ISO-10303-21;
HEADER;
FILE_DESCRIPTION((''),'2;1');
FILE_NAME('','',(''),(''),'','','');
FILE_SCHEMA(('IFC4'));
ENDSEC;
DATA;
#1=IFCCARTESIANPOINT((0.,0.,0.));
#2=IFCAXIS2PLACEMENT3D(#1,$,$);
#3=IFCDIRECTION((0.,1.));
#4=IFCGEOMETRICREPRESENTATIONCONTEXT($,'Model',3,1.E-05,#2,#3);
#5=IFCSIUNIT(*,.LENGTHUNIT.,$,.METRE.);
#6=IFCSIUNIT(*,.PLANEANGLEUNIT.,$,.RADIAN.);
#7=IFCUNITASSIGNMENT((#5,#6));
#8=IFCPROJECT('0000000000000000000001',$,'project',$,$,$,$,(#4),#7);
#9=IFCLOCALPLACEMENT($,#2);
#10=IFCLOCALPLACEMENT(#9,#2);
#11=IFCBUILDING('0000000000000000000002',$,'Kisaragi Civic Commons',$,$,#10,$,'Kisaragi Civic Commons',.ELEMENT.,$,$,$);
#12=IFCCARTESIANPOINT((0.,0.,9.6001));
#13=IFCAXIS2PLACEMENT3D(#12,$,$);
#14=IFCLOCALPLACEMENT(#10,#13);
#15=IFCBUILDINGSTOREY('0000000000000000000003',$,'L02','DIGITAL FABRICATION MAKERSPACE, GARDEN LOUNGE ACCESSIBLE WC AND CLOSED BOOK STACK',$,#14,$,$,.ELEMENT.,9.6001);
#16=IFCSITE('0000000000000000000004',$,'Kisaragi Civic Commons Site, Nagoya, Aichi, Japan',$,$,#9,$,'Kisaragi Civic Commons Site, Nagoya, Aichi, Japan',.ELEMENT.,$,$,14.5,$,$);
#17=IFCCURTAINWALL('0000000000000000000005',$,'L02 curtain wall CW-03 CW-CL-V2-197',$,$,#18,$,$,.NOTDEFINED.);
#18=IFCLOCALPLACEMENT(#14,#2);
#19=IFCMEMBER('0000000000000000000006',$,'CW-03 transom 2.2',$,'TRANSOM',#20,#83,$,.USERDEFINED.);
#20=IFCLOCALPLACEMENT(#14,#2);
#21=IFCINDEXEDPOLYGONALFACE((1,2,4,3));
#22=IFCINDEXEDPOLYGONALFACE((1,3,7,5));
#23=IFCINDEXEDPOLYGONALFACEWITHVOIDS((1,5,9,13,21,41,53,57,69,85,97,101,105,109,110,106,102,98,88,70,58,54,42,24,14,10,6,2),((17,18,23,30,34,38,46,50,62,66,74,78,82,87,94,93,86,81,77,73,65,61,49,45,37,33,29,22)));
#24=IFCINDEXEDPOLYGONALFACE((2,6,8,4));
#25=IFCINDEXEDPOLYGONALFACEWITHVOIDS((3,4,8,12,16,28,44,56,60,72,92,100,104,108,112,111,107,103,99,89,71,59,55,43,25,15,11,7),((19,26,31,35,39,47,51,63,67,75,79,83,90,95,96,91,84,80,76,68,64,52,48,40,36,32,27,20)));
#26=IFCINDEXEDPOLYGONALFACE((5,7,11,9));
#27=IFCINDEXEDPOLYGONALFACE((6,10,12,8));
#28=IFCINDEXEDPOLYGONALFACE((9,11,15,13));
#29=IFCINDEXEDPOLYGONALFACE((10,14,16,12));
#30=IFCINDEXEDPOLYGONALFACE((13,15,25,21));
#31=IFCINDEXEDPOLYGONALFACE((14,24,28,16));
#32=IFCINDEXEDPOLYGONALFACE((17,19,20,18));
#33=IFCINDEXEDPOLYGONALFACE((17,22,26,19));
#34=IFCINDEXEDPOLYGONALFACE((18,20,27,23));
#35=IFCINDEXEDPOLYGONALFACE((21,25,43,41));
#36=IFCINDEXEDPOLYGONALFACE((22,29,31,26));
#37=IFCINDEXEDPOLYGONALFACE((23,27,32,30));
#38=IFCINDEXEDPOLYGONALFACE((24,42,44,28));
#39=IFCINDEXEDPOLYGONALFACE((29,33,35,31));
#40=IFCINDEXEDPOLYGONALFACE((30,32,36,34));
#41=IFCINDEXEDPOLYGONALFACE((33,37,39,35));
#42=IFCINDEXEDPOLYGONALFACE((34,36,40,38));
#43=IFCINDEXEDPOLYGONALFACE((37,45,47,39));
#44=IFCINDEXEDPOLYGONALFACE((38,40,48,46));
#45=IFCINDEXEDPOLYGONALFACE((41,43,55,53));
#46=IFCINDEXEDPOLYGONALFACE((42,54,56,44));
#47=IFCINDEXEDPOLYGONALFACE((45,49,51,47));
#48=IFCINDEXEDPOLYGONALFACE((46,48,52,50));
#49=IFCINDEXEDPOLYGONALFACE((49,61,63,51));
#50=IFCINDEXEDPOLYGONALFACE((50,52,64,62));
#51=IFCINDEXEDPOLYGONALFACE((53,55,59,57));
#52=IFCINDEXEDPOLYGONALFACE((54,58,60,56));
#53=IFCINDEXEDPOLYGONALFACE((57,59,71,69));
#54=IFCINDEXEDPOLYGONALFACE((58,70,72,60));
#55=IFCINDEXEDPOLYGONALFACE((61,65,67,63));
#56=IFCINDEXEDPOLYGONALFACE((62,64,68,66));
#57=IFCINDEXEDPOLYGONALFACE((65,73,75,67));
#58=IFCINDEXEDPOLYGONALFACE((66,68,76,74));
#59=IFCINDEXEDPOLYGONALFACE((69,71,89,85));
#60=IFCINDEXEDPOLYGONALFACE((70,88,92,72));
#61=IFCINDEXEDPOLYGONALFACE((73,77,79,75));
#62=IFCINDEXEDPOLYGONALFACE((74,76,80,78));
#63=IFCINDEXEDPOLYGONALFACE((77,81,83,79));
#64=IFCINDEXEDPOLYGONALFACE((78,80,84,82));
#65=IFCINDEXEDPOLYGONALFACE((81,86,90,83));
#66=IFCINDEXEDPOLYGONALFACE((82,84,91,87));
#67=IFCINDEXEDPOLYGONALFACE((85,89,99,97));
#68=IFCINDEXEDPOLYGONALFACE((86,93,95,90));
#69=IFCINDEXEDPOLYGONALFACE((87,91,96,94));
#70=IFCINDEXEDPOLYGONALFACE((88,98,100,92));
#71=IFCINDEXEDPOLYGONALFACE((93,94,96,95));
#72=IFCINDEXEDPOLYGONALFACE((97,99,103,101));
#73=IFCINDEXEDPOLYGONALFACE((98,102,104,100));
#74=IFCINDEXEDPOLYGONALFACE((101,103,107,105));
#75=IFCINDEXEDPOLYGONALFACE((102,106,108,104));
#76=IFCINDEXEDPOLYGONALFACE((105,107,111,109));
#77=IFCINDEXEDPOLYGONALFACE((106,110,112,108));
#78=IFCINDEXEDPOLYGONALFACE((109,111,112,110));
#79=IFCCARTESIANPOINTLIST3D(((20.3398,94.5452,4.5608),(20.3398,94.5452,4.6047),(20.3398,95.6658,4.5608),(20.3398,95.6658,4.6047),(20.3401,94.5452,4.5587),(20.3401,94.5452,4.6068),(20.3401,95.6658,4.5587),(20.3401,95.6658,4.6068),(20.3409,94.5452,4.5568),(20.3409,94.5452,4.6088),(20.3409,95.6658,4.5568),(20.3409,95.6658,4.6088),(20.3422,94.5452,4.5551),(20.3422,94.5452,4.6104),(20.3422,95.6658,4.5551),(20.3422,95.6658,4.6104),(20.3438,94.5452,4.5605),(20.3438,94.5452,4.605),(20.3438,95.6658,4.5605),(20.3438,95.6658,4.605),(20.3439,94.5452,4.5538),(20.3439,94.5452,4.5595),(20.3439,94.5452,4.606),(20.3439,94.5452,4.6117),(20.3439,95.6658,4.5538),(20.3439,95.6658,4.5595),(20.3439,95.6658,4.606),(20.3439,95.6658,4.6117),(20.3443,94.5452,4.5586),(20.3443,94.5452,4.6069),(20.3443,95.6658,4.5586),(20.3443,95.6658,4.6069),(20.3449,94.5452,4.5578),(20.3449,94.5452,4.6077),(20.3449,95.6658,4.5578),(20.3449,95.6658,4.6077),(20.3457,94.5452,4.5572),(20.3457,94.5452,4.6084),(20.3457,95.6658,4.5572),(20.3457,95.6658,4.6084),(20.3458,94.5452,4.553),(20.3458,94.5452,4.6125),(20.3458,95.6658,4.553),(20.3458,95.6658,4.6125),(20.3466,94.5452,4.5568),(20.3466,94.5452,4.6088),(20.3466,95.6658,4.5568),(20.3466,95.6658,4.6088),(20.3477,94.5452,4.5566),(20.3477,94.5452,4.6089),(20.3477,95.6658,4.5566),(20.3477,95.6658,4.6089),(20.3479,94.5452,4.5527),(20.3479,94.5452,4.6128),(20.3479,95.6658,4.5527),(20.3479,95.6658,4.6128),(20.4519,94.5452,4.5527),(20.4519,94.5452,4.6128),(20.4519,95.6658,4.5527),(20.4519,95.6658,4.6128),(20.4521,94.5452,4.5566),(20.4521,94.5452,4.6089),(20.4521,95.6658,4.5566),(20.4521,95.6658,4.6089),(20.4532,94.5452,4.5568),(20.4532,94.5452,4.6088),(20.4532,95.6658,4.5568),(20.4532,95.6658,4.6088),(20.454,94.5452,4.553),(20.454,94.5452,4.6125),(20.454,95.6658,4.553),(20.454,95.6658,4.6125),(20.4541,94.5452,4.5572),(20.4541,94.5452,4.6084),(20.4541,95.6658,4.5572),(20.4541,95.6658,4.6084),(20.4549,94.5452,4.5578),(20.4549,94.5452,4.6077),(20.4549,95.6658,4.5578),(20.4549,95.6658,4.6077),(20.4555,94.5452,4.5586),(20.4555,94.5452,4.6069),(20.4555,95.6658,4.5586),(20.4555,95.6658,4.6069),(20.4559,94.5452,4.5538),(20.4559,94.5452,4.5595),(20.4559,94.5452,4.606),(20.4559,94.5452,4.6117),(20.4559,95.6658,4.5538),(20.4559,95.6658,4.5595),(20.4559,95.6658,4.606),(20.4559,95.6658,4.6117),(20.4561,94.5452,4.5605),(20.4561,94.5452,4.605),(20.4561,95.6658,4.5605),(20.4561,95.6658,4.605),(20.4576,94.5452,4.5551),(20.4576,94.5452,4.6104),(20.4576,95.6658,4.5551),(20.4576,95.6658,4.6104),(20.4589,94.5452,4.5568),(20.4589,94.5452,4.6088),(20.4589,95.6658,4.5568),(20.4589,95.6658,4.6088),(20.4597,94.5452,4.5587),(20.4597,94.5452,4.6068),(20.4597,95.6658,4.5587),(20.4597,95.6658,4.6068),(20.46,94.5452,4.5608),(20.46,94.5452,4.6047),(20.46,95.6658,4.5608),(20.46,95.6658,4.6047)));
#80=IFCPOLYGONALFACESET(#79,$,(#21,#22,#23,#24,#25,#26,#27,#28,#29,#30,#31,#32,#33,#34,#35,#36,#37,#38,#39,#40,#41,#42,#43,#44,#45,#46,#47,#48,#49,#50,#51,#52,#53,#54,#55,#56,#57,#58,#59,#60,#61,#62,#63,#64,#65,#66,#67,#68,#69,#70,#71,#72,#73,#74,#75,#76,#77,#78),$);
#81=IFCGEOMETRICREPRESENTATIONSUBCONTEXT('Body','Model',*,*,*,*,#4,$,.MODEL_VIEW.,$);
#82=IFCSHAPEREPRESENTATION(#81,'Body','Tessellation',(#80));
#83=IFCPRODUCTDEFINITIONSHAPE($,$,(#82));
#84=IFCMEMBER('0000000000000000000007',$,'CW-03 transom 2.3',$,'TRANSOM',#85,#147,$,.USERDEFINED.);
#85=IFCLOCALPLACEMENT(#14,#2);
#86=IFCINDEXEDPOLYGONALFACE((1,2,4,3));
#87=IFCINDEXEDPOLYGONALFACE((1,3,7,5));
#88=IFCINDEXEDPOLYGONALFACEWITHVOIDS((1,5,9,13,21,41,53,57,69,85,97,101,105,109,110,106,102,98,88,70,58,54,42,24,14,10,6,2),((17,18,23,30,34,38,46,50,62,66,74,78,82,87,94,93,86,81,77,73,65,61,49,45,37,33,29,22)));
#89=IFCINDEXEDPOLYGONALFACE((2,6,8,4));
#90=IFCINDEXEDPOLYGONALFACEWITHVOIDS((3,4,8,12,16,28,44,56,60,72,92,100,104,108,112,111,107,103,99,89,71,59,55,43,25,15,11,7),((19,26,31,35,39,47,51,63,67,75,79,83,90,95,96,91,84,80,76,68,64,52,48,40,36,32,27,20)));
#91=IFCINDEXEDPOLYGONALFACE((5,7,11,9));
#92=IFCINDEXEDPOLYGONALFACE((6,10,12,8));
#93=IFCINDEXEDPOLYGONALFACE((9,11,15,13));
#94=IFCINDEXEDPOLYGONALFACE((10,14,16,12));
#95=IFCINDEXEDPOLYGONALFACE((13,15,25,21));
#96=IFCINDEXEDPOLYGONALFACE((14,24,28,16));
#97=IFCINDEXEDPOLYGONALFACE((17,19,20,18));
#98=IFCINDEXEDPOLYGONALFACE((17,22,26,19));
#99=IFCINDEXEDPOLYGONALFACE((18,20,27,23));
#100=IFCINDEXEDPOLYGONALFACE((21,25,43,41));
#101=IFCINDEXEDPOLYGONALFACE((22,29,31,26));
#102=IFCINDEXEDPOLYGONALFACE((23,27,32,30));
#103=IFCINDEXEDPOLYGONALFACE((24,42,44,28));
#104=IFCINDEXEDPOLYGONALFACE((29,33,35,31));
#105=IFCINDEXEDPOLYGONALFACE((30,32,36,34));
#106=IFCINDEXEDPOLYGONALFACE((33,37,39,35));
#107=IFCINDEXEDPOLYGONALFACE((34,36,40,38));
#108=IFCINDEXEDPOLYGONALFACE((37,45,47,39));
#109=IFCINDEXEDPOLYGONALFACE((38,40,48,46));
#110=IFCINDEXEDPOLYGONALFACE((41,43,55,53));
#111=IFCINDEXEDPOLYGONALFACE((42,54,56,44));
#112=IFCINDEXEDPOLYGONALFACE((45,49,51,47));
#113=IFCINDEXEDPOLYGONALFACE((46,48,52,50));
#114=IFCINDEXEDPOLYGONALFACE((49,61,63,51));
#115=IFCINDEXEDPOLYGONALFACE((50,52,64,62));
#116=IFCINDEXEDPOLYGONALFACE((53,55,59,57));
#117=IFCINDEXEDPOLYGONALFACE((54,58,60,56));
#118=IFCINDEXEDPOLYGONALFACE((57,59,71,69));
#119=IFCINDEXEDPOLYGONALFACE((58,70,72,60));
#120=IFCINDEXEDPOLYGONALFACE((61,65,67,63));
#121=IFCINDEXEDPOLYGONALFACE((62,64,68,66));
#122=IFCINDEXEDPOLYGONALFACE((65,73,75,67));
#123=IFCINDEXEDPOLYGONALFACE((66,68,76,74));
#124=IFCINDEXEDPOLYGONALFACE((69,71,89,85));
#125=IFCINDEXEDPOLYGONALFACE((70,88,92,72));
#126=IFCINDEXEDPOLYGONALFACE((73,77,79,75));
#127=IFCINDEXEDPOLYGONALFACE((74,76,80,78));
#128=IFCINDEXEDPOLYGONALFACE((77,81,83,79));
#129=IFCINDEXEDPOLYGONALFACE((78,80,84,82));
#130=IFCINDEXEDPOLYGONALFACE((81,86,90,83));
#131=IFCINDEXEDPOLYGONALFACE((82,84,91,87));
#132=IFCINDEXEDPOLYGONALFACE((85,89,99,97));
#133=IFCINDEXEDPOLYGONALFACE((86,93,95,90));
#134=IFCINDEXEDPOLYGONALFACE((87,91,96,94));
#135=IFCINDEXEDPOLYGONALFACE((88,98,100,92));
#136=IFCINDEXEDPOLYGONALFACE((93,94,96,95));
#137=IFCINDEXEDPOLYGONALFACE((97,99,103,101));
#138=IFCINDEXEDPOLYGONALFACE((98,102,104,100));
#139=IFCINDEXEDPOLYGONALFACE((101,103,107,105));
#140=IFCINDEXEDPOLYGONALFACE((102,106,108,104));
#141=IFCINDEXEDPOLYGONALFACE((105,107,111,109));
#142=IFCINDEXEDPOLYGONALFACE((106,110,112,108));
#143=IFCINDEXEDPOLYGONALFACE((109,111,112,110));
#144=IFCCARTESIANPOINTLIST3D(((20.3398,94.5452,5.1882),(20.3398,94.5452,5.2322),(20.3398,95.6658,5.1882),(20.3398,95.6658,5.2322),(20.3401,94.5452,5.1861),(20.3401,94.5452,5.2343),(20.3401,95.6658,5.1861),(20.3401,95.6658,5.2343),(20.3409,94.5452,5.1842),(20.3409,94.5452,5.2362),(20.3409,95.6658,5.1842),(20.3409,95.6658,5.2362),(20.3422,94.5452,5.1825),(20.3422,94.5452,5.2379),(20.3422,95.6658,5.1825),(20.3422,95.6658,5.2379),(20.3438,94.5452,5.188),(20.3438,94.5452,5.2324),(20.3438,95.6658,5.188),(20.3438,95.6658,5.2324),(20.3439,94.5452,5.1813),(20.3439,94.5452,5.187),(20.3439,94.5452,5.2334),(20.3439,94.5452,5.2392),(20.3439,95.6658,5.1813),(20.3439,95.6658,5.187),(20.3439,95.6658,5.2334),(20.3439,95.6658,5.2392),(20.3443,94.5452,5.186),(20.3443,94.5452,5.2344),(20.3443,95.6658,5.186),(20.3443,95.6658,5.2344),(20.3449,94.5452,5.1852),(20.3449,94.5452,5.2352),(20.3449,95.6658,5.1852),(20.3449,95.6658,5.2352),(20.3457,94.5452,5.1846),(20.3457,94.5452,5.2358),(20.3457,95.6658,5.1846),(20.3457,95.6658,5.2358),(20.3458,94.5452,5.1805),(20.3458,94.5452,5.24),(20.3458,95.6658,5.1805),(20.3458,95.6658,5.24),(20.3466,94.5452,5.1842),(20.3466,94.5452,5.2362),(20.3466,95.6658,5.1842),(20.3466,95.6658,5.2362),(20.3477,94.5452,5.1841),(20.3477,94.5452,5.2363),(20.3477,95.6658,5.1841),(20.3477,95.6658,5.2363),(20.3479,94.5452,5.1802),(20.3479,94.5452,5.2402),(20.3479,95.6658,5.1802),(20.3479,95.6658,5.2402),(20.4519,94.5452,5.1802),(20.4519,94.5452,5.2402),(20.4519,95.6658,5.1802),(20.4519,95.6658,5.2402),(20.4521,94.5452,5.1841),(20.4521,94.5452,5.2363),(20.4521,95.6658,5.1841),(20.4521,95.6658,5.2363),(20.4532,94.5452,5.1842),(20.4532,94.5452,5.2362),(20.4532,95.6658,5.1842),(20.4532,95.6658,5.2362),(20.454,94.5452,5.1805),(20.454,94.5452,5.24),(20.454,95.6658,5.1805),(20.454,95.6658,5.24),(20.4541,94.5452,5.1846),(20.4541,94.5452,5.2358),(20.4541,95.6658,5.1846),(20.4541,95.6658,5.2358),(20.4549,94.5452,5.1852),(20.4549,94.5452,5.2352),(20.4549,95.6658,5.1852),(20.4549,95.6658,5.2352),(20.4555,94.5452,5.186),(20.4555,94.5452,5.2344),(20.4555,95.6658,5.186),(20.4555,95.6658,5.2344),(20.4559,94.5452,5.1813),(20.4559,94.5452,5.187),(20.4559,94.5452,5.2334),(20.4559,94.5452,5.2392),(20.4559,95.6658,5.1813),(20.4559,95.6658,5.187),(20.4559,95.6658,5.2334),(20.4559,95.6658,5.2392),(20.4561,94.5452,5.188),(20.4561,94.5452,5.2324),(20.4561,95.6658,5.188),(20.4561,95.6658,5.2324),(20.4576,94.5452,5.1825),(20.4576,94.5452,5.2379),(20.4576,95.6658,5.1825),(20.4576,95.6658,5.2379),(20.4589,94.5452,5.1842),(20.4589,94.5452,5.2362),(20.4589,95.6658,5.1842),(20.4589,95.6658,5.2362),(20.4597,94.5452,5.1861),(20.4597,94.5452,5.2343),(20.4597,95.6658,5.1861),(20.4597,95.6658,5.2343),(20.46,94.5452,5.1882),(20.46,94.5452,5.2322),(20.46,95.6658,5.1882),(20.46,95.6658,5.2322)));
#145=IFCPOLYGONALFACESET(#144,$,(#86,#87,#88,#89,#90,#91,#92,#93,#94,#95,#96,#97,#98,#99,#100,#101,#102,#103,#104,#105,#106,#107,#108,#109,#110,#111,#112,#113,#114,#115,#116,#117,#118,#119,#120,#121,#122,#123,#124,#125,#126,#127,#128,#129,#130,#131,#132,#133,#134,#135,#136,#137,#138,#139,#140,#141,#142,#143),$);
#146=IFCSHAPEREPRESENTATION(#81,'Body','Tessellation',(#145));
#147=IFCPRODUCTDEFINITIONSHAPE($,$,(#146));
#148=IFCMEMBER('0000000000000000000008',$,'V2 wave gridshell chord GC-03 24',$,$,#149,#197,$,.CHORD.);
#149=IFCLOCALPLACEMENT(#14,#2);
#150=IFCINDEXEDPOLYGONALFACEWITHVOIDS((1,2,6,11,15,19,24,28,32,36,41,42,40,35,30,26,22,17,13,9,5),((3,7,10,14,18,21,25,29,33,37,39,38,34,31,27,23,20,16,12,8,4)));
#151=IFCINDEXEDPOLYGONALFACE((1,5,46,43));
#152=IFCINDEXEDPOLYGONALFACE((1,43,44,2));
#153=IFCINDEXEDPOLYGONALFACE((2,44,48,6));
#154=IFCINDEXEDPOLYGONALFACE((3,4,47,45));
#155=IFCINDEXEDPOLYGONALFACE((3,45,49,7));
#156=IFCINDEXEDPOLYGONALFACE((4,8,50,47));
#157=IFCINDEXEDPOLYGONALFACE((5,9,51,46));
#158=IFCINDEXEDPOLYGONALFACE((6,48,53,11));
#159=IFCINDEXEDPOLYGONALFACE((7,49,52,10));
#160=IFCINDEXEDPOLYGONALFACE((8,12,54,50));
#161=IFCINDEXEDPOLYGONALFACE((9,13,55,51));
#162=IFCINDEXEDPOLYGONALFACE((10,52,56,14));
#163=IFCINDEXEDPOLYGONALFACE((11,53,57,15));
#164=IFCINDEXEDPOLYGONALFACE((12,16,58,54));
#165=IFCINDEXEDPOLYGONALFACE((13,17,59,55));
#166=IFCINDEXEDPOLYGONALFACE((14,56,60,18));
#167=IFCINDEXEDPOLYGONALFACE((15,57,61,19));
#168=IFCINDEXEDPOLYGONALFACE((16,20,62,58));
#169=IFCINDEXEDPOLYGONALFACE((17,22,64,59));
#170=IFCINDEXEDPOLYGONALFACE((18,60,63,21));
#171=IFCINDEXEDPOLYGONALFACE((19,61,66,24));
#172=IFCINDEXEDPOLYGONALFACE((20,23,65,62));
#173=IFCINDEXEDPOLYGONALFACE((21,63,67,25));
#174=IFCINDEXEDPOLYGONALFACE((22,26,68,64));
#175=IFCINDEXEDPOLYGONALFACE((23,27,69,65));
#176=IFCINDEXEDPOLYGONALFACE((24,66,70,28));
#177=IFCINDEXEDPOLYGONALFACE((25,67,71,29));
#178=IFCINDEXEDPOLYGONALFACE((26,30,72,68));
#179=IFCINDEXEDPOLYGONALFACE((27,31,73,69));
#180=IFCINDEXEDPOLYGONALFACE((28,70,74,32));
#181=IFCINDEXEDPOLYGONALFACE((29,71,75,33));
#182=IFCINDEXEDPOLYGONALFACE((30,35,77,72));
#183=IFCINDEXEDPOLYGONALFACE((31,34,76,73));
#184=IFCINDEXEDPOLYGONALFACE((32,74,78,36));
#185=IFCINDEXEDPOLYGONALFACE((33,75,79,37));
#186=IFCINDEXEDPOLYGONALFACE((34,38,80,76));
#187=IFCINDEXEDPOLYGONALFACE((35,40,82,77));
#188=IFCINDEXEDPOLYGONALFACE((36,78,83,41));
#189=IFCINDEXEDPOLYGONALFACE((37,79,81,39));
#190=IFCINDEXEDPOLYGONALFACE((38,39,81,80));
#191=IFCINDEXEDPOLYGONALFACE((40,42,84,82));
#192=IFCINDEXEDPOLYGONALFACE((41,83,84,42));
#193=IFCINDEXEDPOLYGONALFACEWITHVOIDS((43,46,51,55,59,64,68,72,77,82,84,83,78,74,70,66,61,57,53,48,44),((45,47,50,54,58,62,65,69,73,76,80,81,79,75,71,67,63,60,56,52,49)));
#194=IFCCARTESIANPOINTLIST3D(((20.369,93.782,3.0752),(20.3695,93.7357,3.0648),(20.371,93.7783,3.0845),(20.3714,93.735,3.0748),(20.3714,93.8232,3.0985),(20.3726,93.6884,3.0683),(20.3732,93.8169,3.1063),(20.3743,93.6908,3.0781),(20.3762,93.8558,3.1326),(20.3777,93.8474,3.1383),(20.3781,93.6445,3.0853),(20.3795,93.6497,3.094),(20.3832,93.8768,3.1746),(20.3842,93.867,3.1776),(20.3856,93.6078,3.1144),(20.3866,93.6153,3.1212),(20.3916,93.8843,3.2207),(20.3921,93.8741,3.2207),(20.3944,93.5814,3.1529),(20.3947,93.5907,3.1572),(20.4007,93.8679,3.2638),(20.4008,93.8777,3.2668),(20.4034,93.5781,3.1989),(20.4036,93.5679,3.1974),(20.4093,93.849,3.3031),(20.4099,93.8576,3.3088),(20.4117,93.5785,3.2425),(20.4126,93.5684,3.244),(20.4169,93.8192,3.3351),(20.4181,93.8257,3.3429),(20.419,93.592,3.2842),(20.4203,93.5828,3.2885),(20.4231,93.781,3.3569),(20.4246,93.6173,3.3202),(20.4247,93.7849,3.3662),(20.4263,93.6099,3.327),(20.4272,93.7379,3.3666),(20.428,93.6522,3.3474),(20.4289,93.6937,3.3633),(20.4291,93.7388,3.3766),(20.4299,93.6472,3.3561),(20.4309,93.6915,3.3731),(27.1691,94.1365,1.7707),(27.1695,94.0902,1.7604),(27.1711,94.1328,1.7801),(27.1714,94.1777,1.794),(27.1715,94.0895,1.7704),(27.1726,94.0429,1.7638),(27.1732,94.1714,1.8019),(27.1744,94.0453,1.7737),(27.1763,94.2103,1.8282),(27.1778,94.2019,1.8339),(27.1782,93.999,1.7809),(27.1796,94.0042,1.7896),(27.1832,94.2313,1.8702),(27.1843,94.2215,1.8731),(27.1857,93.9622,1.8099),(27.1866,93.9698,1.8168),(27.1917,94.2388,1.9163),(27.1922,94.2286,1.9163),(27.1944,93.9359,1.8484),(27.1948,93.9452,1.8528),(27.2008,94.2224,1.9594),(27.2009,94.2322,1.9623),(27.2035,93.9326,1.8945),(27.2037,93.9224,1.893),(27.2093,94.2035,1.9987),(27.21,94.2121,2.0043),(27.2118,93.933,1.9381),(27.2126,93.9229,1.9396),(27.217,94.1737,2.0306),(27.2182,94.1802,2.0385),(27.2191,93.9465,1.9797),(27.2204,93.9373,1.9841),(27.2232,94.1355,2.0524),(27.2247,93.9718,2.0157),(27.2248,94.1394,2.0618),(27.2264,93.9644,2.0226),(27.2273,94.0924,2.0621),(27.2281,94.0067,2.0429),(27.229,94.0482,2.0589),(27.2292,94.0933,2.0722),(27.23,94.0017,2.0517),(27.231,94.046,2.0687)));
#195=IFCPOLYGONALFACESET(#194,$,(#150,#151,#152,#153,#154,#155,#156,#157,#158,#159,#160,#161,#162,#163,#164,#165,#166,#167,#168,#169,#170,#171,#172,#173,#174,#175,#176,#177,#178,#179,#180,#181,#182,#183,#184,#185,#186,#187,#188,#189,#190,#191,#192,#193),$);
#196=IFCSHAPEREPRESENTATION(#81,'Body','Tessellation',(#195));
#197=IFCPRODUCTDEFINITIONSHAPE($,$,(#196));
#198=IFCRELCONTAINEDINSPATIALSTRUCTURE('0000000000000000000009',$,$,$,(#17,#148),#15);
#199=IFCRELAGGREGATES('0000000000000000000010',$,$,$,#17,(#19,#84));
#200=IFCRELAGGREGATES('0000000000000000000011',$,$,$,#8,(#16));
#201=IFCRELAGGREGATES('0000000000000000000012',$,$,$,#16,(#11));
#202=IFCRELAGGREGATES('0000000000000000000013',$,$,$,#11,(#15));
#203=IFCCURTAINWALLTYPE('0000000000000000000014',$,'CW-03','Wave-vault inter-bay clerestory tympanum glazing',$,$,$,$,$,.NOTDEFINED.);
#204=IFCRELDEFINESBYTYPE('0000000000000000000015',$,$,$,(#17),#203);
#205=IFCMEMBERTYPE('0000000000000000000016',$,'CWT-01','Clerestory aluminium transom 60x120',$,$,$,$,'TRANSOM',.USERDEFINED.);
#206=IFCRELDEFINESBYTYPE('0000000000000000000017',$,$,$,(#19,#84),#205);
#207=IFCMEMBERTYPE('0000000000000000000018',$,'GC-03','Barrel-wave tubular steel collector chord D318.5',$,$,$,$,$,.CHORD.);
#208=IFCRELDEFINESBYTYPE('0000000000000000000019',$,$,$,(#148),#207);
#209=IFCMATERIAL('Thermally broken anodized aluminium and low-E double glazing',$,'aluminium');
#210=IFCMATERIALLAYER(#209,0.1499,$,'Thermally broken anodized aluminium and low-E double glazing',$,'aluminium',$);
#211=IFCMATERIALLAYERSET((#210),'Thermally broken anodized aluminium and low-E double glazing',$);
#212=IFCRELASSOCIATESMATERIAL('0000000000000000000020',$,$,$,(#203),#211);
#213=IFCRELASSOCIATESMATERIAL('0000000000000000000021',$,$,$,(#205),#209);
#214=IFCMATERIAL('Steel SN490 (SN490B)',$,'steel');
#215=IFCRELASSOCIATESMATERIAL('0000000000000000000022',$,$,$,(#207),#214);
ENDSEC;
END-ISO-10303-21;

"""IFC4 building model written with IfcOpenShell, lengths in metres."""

from ifc_helpers import new_model, si_unit, direction, frame, origin, origin_2d, place, context, subcontext, project, spatial, hollow_rectangle, hollow_circle, extrude, material, layer, layer_set, material_profile, profile_set, type_object, element, aggregate, save


model = new_model("IFC4")

# Units and contexts
model_context = context("Model", 3, precision=1e-05, world=origin(), true_north=direction((0.0, 1.0)))
body_context = subcontext(model_context, "Body", "Model", "MODEL_VIEW")
ifc_project = project(units=[si_unit("LENGTHUNIT", "METRE"), si_unit("PLANEANGLEUNIT", "RADIAN")], contexts=[model_context])

# Site, building, storey
site_placement = place(None, origin())
site = spatial("IfcSite", under=ifc_project, at=site_placement, Name="Kisaragi Civic Commons Site, Nagoya, Aichi, Japan", LongName="Kisaragi Civic Commons Site, Nagoya, Aichi, Japan", CompositionType="ELEMENT", RefElevation=14.5)
building_placement = place(site_placement, origin())
building = spatial("IfcBuilding", under=site, at=building_placement, Name="Kisaragi Civic Commons", LongName="Kisaragi Civic Commons", CompositionType="ELEMENT")
storey_placement = place(building_placement, frame((0.0, 0.0, 9.6001)))
storey = spatial("IfcBuildingStorey", under=building, at=storey_placement, Name="L02", Description="DIGITAL FABRICATION MAKERSPACE, GARDEN LOUNGE ACCESSIBLE WC AND CLOSED BOOK STACK", CompositionType="ELEMENT", Elevation=9.6001)

# Shared definitions
ifc_material_1 = material(Name="Thermally broken anodized aluminium and low-E double glazing", Category="aluminium")
ifc_layer_1 = layer(ifc_material_1, 0.1499, Name="Thermally broken anodized aluminium and low-E double glazing", Category="aluminium")
ifc_layer_set_1 = layer_set([ifc_layer_1], Name="Thermally broken anodized aluminium and low-E double glazing")
curtain_wall_type = type_object("IfcCurtainWallType", Name="CW-03", Description="Wave-vault inter-bay clerestory tympanum glazing", PredefinedType="NOTDEFINED", material=ifc_layer_set_1)

# Curtain wall, members
curtain_wall_1_placement = place(storey_placement, origin())
curtain_wall_1 = element("IfcCurtainWall", 1, at=curtain_wall_1_placement, inside=storey, type_object=curtain_wall_type, Name="L02 curtain wall CW-03 CW-CL-V2-197", PredefinedType="NOTDEFINED")
ifc_material_profile_1 = material_profile(ifc_material_1, hollow_rectangle(XDim=0.1201, YDim=0.0601, WallThickness=0.0039, InnerFilletRadius=0.0039, OuterFilletRadius=0.0081, at=origin_2d()), Name="CWT-60x120x4", Category="aluminium")
ifc_profile_set_1 = profile_set([ifc_material_profile_1], Name="Thermally broken anodized aluminium and low-E double glazing")
member_type_1 = type_object("IfcMemberType", Name="CWT-01", Description="Clerestory aluminium transom 60x120", ElementType="TRANSOM", PredefinedType="USERDEFINED", material=ifc_profile_set_1)
member_1_placement = place(storey_placement, frame((20.3999, 94.5452, 4.5828), z_axis=(0.0, 1.0, 0.0), x_axis=(-1.0, 0.0, 0.0)))
member_1 = element("IfcMember", 2, at=member_1_placement, type_object=member_type_1, Name="CW-03 transom 2.2", ObjectType="TRANSOM", PredefinedType="USERDEFINED", context=body_context, shape_type="SweptSolid", body=[
    extrude(hollow_rectangle(XDim=0.1201, YDim=0.0601, WallThickness=0.0039, InnerFilletRadius=0.0039, OuterFilletRadius=0.0081, at=origin_2d()), origin(), (0.0, 0.0, 1.0), 1.1206),
])
member_2_placement = place(storey_placement, frame((20.3999, 94.5452, 5.2102), z_axis=(0.0, 1.0, 0.0), x_axis=(-1.0, 0.0, 0.0)))
member_2 = element("IfcMember", 3, at=member_2_placement, type_object=member_type_1, Name="CW-03 transom 2.3", ObjectType="TRANSOM", PredefinedType="USERDEFINED", context=body_context, shape_type="SweptSolid", body=[
    extrude(hollow_rectangle(XDim=0.1201, YDim=0.0601, WallThickness=0.0039, InnerFilletRadius=0.0039, OuterFilletRadius=0.0081, at=origin_2d()), origin(), (0.0, 0.0, 1.0), 1.1206),
])

# Member
ifc_material_2 = material(Name="Steel SN490 (SN490B)", Category="steel")
ifc_material_profile_2 = material_profile(ifc_material_2, hollow_circle(Radius=0.1592, WallThickness=0.0103, at=origin_2d()), Name="CHS-318.5x10.3", Category="steel")
ifc_profile_set_2 = profile_set([ifc_material_profile_2], Name="Steel SN490 (SN490B)")
member_type_2 = type_object("IfcMemberType", Name="GC-03", Description="Barrel-wave tubular steel collector chord D318.5", PredefinedType="CHORD", material=ifc_profile_set_2)
member_3_placement = place(storey_placement, frame((20.3999, 93.7253, 3.2207), z_axis=(0.980809, 0.05113, -0.188147), x_axis=(-0.05206, 0.998644, 0.0)))
element("IfcMember", 4, at=member_3_placement, inside=storey, type_object=member_type_2, Name="V2 wave gridshell chord GC-03 24", PredefinedType="CHORD", context=body_context, shape_type="SweptSolid", body=[
    extrude(hollow_circle(Radius=0.1592, WallThickness=0.0103, at=origin_2d()), origin(), (0.0, 0.0, 1.0), 6.9331),
])

aggregate(curtain_wall_1, [member_1, member_2])

save(model, "model.ifc")
